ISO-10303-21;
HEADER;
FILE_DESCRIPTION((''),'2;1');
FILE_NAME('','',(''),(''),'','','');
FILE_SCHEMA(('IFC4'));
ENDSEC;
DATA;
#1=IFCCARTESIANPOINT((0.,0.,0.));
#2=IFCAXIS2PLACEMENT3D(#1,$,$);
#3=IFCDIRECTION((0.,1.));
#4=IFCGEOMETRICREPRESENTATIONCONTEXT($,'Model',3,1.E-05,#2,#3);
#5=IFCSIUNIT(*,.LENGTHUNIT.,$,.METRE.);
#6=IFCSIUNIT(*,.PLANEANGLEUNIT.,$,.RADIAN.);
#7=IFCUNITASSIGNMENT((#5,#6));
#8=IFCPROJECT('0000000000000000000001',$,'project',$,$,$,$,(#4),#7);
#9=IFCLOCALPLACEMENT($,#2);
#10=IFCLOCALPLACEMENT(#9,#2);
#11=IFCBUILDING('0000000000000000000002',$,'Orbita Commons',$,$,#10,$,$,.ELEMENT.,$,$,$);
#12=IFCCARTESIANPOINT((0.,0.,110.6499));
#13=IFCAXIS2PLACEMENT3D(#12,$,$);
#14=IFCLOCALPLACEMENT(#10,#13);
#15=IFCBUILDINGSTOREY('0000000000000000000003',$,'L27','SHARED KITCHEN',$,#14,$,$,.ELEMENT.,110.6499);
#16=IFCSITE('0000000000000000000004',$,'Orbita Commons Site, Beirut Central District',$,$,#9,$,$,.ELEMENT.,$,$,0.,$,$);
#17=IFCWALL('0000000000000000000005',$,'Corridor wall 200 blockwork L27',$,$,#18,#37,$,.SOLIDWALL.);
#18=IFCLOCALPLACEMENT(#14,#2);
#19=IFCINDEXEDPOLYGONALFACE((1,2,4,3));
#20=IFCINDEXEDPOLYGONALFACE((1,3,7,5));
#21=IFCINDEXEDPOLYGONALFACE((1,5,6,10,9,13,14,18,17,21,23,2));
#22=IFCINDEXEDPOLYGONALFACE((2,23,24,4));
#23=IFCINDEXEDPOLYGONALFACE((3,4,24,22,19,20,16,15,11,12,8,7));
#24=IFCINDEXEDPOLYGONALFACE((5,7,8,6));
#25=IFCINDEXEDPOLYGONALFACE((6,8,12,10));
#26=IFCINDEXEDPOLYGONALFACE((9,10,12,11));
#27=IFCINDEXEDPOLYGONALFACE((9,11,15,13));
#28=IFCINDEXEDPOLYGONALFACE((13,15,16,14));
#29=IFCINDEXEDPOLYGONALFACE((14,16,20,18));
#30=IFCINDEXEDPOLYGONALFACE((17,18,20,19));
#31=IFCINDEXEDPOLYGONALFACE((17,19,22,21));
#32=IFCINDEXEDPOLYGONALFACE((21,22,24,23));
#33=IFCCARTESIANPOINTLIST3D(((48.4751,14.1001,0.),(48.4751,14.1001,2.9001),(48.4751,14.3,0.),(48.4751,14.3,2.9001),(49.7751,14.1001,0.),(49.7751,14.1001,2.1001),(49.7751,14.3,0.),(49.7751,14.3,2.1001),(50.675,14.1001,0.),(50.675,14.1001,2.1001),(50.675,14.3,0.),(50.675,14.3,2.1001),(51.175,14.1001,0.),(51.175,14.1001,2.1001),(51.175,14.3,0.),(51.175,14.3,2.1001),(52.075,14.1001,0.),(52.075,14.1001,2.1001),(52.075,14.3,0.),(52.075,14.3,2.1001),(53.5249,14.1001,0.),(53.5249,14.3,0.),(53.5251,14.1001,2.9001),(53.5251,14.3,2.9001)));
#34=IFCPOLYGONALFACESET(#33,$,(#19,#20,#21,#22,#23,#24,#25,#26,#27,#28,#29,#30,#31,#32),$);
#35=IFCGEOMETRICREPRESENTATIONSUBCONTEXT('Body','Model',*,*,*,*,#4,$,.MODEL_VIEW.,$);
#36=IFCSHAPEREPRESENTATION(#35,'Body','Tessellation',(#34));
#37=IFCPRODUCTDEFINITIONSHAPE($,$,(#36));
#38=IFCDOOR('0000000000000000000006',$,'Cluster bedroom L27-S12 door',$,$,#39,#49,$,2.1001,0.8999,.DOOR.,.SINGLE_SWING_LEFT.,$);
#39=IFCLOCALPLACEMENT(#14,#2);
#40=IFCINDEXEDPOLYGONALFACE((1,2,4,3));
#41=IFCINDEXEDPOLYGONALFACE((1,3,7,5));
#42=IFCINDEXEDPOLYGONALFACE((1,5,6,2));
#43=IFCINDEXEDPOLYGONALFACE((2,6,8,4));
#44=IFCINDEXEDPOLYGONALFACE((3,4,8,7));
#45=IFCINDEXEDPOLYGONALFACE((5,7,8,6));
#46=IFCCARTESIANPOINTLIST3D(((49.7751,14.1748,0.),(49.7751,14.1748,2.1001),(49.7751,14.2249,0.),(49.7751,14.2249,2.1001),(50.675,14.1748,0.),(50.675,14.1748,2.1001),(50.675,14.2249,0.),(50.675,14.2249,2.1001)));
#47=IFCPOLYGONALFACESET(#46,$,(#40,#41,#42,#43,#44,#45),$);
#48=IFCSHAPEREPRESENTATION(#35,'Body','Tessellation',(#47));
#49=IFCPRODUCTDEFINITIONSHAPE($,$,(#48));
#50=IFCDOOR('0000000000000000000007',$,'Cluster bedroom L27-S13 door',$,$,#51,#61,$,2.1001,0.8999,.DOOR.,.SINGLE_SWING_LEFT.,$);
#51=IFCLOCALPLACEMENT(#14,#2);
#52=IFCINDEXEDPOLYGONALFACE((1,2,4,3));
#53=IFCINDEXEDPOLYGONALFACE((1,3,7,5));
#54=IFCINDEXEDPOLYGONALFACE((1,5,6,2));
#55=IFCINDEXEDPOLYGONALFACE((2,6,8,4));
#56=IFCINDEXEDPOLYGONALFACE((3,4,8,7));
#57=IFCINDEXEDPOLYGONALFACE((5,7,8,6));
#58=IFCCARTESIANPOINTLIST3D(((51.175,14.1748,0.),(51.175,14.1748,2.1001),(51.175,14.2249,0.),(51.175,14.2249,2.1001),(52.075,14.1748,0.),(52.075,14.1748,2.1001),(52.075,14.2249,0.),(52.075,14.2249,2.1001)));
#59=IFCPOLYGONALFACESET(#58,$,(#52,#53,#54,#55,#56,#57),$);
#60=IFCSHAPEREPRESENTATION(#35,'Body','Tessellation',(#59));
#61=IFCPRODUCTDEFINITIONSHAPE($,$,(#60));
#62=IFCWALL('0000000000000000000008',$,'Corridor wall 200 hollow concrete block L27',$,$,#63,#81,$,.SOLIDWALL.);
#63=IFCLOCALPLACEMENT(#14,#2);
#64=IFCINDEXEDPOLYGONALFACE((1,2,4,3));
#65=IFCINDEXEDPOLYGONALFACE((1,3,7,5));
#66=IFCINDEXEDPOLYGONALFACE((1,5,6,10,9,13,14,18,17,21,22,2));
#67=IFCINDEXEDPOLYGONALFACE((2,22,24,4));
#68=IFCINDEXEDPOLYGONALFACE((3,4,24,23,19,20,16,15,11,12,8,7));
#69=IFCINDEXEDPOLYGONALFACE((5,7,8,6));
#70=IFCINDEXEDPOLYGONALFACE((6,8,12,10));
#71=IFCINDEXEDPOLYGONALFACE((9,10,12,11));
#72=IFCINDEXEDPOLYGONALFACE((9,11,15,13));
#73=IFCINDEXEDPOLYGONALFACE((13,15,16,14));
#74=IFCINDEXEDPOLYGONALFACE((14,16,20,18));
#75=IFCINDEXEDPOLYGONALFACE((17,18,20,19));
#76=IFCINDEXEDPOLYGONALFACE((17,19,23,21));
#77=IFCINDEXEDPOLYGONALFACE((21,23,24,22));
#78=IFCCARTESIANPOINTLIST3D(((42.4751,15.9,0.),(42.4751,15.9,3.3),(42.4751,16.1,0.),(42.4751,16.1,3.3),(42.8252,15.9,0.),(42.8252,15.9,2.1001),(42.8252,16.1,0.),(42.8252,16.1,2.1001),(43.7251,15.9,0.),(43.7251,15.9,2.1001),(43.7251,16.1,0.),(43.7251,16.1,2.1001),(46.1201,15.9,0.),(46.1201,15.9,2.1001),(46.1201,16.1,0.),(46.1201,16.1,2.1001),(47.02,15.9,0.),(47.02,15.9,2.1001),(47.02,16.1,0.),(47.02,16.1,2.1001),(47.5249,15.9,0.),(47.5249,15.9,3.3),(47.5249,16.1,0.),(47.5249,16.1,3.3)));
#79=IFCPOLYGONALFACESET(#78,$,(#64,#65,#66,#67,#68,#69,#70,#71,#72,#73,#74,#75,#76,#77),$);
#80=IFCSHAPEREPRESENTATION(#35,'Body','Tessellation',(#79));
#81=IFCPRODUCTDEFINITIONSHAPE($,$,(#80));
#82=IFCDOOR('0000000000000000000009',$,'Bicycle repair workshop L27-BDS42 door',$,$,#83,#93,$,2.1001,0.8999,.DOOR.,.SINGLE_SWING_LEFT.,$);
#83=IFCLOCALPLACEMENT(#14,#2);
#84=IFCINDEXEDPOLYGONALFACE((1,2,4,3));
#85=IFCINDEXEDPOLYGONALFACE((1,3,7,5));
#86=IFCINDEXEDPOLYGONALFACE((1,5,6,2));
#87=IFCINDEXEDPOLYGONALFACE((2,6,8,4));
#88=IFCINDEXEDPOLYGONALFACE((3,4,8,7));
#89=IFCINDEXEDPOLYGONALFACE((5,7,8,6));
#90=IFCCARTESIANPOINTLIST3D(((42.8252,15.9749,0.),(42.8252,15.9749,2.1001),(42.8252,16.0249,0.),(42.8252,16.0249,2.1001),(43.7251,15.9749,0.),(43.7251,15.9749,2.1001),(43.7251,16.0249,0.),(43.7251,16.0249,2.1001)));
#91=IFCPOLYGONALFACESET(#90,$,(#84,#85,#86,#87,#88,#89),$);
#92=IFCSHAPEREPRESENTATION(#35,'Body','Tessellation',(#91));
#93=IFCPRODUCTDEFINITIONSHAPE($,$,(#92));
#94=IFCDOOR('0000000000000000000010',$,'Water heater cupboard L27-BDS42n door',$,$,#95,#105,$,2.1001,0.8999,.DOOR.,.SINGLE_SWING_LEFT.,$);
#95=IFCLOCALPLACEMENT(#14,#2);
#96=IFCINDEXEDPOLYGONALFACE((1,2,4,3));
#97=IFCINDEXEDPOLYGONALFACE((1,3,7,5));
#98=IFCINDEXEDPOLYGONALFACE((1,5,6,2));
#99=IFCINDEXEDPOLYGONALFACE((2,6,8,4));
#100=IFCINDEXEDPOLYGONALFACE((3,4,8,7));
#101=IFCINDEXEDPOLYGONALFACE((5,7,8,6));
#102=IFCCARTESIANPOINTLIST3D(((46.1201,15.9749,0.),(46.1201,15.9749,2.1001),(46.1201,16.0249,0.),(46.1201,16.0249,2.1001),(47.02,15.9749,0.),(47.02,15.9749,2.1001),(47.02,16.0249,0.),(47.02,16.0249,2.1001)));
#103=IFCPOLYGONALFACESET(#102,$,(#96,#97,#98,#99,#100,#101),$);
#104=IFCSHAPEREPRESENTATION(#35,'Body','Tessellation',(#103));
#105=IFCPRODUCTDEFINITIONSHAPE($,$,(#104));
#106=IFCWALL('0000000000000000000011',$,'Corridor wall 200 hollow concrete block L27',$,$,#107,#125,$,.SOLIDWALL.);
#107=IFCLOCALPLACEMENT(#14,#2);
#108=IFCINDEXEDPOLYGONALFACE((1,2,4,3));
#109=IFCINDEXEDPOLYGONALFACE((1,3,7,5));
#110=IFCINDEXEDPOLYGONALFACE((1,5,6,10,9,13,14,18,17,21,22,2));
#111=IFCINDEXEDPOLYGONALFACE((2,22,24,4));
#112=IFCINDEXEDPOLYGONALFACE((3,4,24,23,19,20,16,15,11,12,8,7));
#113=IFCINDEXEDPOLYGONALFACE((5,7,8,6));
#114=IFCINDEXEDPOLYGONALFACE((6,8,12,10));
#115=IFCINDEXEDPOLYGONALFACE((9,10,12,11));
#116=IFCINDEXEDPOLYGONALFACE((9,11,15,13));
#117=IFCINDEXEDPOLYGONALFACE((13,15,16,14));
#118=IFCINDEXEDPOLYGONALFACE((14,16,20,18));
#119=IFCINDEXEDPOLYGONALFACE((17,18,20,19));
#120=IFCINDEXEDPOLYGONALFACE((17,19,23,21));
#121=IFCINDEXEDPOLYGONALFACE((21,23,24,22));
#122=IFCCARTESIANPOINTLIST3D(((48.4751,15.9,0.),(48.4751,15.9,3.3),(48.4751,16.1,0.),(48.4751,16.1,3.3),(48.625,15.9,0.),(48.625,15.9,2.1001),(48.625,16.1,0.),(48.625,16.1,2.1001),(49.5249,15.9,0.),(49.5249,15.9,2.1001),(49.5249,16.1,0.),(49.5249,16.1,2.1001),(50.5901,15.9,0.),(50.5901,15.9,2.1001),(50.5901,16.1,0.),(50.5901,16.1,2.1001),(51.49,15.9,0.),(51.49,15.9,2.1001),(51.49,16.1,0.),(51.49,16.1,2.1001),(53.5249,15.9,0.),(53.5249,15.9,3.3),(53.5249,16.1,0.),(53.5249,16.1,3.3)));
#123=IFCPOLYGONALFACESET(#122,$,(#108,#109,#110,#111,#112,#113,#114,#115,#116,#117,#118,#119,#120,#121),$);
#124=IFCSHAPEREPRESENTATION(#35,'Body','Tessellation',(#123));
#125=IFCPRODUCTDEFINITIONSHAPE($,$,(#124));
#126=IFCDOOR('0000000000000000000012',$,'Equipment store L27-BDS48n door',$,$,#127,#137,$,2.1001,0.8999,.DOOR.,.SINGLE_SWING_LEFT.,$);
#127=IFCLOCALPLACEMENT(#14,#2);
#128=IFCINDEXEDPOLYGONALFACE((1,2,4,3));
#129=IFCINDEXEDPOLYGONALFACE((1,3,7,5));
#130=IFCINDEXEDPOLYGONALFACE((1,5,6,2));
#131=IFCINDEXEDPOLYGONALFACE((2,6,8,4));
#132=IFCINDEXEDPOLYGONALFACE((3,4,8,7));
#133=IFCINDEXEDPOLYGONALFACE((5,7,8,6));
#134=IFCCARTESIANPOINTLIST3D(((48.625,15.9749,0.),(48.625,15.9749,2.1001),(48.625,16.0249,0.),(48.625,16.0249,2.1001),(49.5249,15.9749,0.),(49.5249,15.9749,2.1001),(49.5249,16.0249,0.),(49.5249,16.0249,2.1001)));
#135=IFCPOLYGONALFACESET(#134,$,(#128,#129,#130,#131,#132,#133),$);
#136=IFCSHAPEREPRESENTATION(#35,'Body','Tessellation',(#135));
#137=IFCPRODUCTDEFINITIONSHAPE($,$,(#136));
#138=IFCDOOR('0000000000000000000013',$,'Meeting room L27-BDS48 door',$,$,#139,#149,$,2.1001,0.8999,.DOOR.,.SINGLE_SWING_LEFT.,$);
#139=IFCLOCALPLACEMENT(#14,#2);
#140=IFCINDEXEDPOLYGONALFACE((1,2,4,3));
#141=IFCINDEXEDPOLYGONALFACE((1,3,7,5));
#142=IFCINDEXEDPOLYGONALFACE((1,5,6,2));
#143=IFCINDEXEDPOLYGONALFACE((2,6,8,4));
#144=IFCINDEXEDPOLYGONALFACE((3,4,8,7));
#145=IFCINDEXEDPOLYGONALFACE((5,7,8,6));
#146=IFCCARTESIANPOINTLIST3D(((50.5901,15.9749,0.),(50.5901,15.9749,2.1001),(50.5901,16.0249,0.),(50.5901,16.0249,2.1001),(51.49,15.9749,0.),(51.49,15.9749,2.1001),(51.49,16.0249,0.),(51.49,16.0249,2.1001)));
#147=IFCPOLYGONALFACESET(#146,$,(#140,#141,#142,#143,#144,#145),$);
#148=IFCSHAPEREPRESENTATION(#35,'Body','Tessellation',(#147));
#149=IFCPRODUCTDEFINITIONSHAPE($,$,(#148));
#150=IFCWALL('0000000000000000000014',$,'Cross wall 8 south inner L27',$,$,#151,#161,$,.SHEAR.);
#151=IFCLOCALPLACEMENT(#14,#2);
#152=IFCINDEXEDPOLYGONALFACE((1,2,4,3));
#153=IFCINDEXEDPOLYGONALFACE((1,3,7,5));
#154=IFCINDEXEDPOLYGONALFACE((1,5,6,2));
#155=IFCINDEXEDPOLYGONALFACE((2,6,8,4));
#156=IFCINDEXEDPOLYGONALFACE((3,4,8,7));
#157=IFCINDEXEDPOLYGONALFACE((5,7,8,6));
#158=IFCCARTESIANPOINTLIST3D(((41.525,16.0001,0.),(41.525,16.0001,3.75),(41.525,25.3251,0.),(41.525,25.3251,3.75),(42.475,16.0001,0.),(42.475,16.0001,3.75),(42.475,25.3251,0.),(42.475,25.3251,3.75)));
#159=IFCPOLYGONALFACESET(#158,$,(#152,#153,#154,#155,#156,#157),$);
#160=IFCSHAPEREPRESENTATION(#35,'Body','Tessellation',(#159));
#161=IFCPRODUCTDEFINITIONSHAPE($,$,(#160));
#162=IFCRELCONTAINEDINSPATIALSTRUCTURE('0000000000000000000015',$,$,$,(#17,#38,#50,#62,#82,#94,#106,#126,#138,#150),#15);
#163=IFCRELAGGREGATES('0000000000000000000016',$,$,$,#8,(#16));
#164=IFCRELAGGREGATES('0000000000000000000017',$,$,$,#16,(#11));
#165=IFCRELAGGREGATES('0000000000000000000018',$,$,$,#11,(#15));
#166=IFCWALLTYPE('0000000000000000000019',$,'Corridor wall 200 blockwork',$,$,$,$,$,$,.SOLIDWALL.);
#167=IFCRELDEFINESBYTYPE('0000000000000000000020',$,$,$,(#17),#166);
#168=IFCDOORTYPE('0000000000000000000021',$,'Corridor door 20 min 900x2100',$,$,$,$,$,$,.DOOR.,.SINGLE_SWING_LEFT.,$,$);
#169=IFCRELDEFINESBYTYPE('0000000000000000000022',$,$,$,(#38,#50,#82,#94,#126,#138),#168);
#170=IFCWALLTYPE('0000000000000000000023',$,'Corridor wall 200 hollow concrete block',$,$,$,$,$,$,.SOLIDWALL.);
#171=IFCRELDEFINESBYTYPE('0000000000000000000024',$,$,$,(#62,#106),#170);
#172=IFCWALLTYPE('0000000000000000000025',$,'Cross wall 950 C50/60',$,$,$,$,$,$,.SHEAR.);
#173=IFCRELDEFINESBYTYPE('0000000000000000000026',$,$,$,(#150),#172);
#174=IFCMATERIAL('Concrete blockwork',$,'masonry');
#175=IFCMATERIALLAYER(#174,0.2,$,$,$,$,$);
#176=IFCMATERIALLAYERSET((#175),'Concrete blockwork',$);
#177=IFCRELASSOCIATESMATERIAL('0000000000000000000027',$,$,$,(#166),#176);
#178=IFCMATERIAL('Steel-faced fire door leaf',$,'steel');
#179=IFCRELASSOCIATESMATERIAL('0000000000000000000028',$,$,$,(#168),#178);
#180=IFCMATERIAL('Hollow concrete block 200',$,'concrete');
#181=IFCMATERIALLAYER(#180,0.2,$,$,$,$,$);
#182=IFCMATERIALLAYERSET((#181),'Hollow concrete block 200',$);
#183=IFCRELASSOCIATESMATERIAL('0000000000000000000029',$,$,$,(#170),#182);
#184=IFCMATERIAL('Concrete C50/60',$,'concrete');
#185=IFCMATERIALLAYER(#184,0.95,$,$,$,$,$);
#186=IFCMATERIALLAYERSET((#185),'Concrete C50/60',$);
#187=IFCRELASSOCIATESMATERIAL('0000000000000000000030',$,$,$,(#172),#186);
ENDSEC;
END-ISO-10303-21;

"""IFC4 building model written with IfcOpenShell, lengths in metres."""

from ifc_helpers import new_model, si_unit, direction, frame, frame_2d, origin, place, context, subcontext, project, spatial, polyline, rectangle, outline, extrude, material, layer, layer_set, type_object, element, fill, save


model = new_model("IFC4")

# Units and contexts
model_context = context("Model", 3, precision=1e-05, world=origin(), true_north=direction((0.0, 1.0)))
body_context = subcontext(model_context, "Body", "Model", "MODEL_VIEW")
ifc_project = project(units=[si_unit("LENGTHUNIT", "METRE"), si_unit("PLANEANGLEUNIT", "RADIAN")], contexts=[model_context])

# Site, building, storey
site_placement = place(None, origin())
site = spatial("IfcSite", under=ifc_project, at=site_placement, Name="Orbita Commons Site, Beirut Central District", CompositionType="ELEMENT", RefElevation=0.0)
building_placement = place(site_placement, origin())
building = spatial("IfcBuilding", under=site, at=building_placement, Name="Orbita Commons", CompositionType="ELEMENT")
storey_placement = place(building_placement, frame((0.0, 0.0, 110.6499)))
storey = spatial("IfcBuildingStorey", under=building, at=storey_placement, Name="L27", Description="SHARED KITCHEN", CompositionType="ELEMENT", Elevation=110.6499)

# Walls, openings, doors
ifc_material_1 = material(Name="Concrete blockwork", Category="masonry")
ifc_layer_1 = layer(ifc_material_1, 0.2)
ifc_layer_set_1 = layer_set([ifc_layer_1], Name="Concrete blockwork")
wall_type_1 = type_object("IfcWallType", Name="Corridor wall 200 blockwork", PredefinedType="SOLIDWALL", material=ifc_layer_set_1)
ifc_material_2 = material(Name="Steel-faced fire door leaf", Category="steel")
door_type = type_object("IfcDoorType", Name="Corridor door 20 min 900x2100", OperationType="SINGLE_SWING_LEFT", PredefinedType="DOOR", material=ifc_material_2)
wall_1_placement = place(storey_placement, frame((48.4751, 14.2, 0.0), z_axis=(0.0, 0.0, 1.0), x_axis=(1.0, 0.0, 0.0)))
wall_1 = element("IfcWall", 1, at=wall_1_placement, inside=storey, type_object=wall_type_1, Name="Corridor wall 200 blockwork L27", PredefinedType="SOLIDWALL", context=body_context, shape_type="SweptSolid", body=[
    extrude(outline(polyline([(0.0, 0.0), (5.0498, 0.0), (5.05, 2.9001), (0.0, 2.9001), (0.0, 0.0)])), frame((0.0, 0.1001, 0.0), z_axis=(0.0, -1.0, 0.0), x_axis=(1.0, 0.0, 0.0)), (0.0, 0.0, 1.0), 0.2),
])
opening_1_placement = place(wall_1_placement, frame((1.3, 0.0, 0.0)))
opening_1 = element("IfcOpeningElement", 2, at=opening_1_placement, cuts=wall_1, PredefinedType="OPENING", context=body_context, shape_type="SweptSolid", body=[
    extrude(rectangle(XDim=0.8999, YDim=2.1001, at=frame_2d((0.45, 1.05))), frame((0.0, 0.1099, 0.0), z_axis=(0.0, -1.0, 0.0), x_axis=(1.0, 0.0, 0.0)), (0.0, 0.0, 1.0), 0.22),
])
opening_2_placement = place(wall_1_placement, frame((2.7, 0.0, 0.0)))
opening_2 = element("IfcOpeningElement", 3, at=opening_2_placement, cuts=wall_1, PredefinedType="OPENING", context=body_context, shape_type="SweptSolid", body=[
    extrude(rectangle(XDim=0.8999, YDim=2.1001, at=frame_2d((0.45, 1.05))), frame((0.0, 0.1099, 0.0), z_axis=(0.0, -1.0, 0.0), x_axis=(1.0, 0.0, 0.0)), (0.0, 0.0, 1.0), 0.22),
])
door_1_placement = place(opening_1_placement, origin())
door_1 = element("IfcDoor", 4, at=door_1_placement, inside=storey, type_object=door_type, Name="Cluster bedroom L27-S12 door", OperationType="SINGLE_SWING_LEFT", OverallHeight=2.1001, OverallWidth=0.8999, PredefinedType="DOOR", context=body_context, shape_type="SweptSolid", body=[
    extrude(rectangle(XDim=0.8999, YDim=2.1001, at=frame_2d((0.45, 1.05))), frame((0.0, 0.0249, 0.0), z_axis=(0.0, -1.0, 0.0), x_axis=(1.0, 0.0, 0.0)), (0.0, 0.0, 1.0), 0.05),
])
fill(opening_1, door_1)
door_2_placement = place(opening_2_placement, origin())
door_2 = element("IfcDoor", 5, at=door_2_placement, inside=storey, type_object=door_type, Name="Cluster bedroom L27-S13 door", OperationType="SINGLE_SWING_LEFT", OverallHeight=2.1001, OverallWidth=0.8999, PredefinedType="DOOR", context=body_context, shape_type="SweptSolid", body=[
    extrude(rectangle(XDim=0.8999, YDim=2.1001, at=frame_2d((0.45, 1.05))), frame((0.0, 0.0249, 0.0), z_axis=(0.0, -1.0, 0.0), x_axis=(1.0, 0.0, 0.0)), (0.0, 0.0, 1.0), 0.05),
])
fill(opening_2, door_2)
ifc_material_3 = material(Name="Hollow concrete block 200", Category="concrete")
ifc_layer_2 = layer(ifc_material_3, 0.2)
ifc_layer_set_2 = layer_set([ifc_layer_2], Name="Hollow concrete block 200")
wall_type_2 = type_object("IfcWallType", Name="Corridor wall 200 hollow concrete block", PredefinedType="SOLIDWALL", material=ifc_layer_set_2)
wall_2_placement = place(storey_placement, frame((42.4751, 16.0, 0.0), z_axis=(0.0, 0.0, 1.0), x_axis=(1.0, 0.0, 0.0)))
wall_2 = element("IfcWall", 6, at=wall_2_placement, inside=storey, type_object=wall_type_2, Name="Corridor wall 200 hollow concrete block L27", PredefinedType="SOLIDWALL", context=body_context, shape_type="SweptSolid", body=[
    extrude(rectangle(XDim=5.0498, YDim=0.2, at=frame_2d((2.5249, 0.0))), origin(), (0.0, 0.0, 1.0), 3.3),
])
opening_3_placement = place(wall_2_placement, frame((0.3501, 0.0, 0.0)))
opening_3 = element("IfcOpeningElement", 7, at=opening_3_placement, cuts=wall_2, PredefinedType="OPENING", context=body_context, shape_type="SweptSolid", body=[
    extrude(rectangle(XDim=0.8999, YDim=2.1001, at=frame_2d((0.45, 1.05))), frame((0.0, 0.1099, 0.0), z_axis=(0.0, -1.0, 0.0), x_axis=(1.0, 0.0, 0.0)), (0.0, 0.0, 1.0), 0.22),
])
opening_4_placement = place(wall_2_placement, frame((3.645, 0.0, 0.0)))
opening_4 = element("IfcOpeningElement", 8, at=opening_4_placement, cuts=wall_2, PredefinedType="OPENING", context=body_context, shape_type="SweptSolid", body=[
    extrude(rectangle(XDim=0.8999, YDim=2.1001, at=frame_2d((0.45, 1.05))), frame((0.0, 0.1099, 0.0), z_axis=(0.0, -1.0, 0.0), x_axis=(1.0, 0.0, 0.0)), (0.0, 0.0, 1.0), 0.22),
])
door_3_placement = place(opening_3_placement, origin())
door_3 = element("IfcDoor", 9, at=door_3_placement, inside=storey, type_object=door_type, Name="Bicycle repair workshop L27-BDS42 door", OperationType="SINGLE_SWING_LEFT", OverallHeight=2.1001, OverallWidth=0.8999, PredefinedType="DOOR", context=body_context, shape_type="SweptSolid", body=[
    extrude(rectangle(XDim=0.8999, YDim=2.1001, at=frame_2d((0.45, 1.05))), frame((0.0, 0.0249, 0.0), z_axis=(0.0, -1.0, 0.0), x_axis=(1.0, 0.0, 0.0)), (0.0, 0.0, 1.0), 0.05),
])
fill(opening_3, door_3)
door_4_placement = place(opening_4_placement, origin())
door_4 = element("IfcDoor", 10, at=door_4_placement, inside=storey, type_object=door_type, Name="Water heater cupboard L27-BDS42n door", OperationType="SINGLE_SWING_LEFT", OverallHeight=2.1001, OverallWidth=0.8999, PredefinedType="DOOR", context=body_context, shape_type="SweptSolid", body=[
    extrude(rectangle(XDim=0.8999, YDim=2.1001, at=frame_2d((0.45, 1.05))), frame((0.0, 0.0249, 0.0), z_axis=(0.0, -1.0, 0.0), x_axis=(1.0, 0.0, 0.0)), (0.0, 0.0, 1.0), 0.05),
])
fill(opening_4, door_4)
wall_3_placement = place(storey_placement, frame((48.4751, 16.0, 0.0), z_axis=(0.0, 0.0, 1.0), x_axis=(1.0, 0.0, 0.0)))
wall_3 = element("IfcWall", 11, at=wall_3_placement, inside=storey, type_object=wall_type_2, Name="Corridor wall 200 hollow concrete block L27", PredefinedType="SOLIDWALL", context=body_context, shape_type="SweptSolid", body=[
    extrude(rectangle(XDim=5.0498, YDim=0.2, at=frame_2d((2.5249, 0.0))), origin(), (0.0, 0.0, 1.0), 3.3),
])
opening_5_placement = place(wall_3_placement, frame((0.1499, 0.0, 0.0)))
opening_5 = element("IfcOpeningElement", 12, at=opening_5_placement, cuts=wall_3, PredefinedType="OPENING", context=body_context, shape_type="SweptSolid", body=[
    extrude(rectangle(XDim=0.8999, YDim=2.1001, at=frame_2d((0.45, 1.05))), frame((0.0, 0.1099, 0.0), z_axis=(0.0, -1.0, 0.0), x_axis=(1.0, 0.0, 0.0)), (0.0, 0.0, 1.0), 0.22),
])
opening_6_placement = place(wall_3_placement, frame((2.115, 0.0, 0.0)))
opening_6 = element("IfcOpeningElement", 13, at=opening_6_placement, cuts=wall_3, PredefinedType="OPENING", context=body_context, shape_type="SweptSolid", body=[
    extrude(rectangle(XDim=0.8999, YDim=2.1001, at=frame_2d((0.45, 1.05))), frame((0.0, 0.1099, 0.0), z_axis=(0.0, -1.0, 0.0), x_axis=(1.0, 0.0, 0.0)), (0.0, 0.0, 1.0), 0.22),
])
door_5_placement = place(opening_5_placement, origin())
door_5 = element("IfcDoor", 14, at=door_5_placement, inside=storey, type_object=door_type, Name="Equipment store L27-BDS48n door", OperationType="SINGLE_SWING_LEFT", OverallHeight=2.1001, OverallWidth=0.8999, PredefinedType="DOOR", context=body_context, shape_type="SweptSolid", body=[
    extrude(rectangle(XDim=0.8999, YDim=2.1001, at=frame_2d((0.45, 1.05))), frame((0.0, 0.0249, 0.0), z_axis=(0.0, -1.0, 0.0), x_axis=(1.0, 0.0, 0.0)), (0.0, 0.0, 1.0), 0.05),
])
fill(opening_5, door_5)
door_6_placement = place(opening_6_placement, origin())
door_6 = element("IfcDoor", 15, at=door_6_placement, inside=storey, type_object=door_type, Name="Meeting room L27-BDS48 door", OperationType="SINGLE_SWING_LEFT", OverallHeight=2.1001, OverallWidth=0.8999, PredefinedType="DOOR", context=body_context, shape_type="SweptSolid", body=[
    extrude(rectangle(XDim=0.8999, YDim=2.1001, at=frame_2d((0.45, 1.05))), frame((0.0, 0.0249, 0.0), z_axis=(0.0, -1.0, 0.0), x_axis=(1.0, 0.0, 0.0)), (0.0, 0.0, 1.0), 0.05),
])
fill(opening_6, door_6)

# Wall
ifc_material_4 = material(Name="Concrete C50/60", Category="concrete")
ifc_layer_3 = layer(ifc_material_4, 0.95)
ifc_layer_set_3 = layer_set([ifc_layer_3], Name="Concrete C50/60")
wall_type_3 = type_object("IfcWallType", Name="Cross wall 950 C50/60", PredefinedType="SHEAR", material=ifc_layer_set_3)
for number, where, z_axis, x_axis, name in (
    (16, (42.0, 16.0, 0.0), (0.0, 0.0, 1.0), (0.0, 1.0, 0.0), "Cross wall 8 south inner L27"),
):
    element("IfcWall", number, at=place(storey_placement, frame(where, z_axis=z_axis, x_axis=x_axis)), inside=storey, type_object=wall_type_3, Name=name, PredefinedType="SHEAR", context=body_context, shape_type="SweptSolid", body=[
        extrude(rectangle(XDim=9.325, YDim=0.95, at=frame_2d((4.6626, 0.0))), origin(), (0.0, 0.0, 1.0), 3.75),
    ])

save(model, "model.ifc")
